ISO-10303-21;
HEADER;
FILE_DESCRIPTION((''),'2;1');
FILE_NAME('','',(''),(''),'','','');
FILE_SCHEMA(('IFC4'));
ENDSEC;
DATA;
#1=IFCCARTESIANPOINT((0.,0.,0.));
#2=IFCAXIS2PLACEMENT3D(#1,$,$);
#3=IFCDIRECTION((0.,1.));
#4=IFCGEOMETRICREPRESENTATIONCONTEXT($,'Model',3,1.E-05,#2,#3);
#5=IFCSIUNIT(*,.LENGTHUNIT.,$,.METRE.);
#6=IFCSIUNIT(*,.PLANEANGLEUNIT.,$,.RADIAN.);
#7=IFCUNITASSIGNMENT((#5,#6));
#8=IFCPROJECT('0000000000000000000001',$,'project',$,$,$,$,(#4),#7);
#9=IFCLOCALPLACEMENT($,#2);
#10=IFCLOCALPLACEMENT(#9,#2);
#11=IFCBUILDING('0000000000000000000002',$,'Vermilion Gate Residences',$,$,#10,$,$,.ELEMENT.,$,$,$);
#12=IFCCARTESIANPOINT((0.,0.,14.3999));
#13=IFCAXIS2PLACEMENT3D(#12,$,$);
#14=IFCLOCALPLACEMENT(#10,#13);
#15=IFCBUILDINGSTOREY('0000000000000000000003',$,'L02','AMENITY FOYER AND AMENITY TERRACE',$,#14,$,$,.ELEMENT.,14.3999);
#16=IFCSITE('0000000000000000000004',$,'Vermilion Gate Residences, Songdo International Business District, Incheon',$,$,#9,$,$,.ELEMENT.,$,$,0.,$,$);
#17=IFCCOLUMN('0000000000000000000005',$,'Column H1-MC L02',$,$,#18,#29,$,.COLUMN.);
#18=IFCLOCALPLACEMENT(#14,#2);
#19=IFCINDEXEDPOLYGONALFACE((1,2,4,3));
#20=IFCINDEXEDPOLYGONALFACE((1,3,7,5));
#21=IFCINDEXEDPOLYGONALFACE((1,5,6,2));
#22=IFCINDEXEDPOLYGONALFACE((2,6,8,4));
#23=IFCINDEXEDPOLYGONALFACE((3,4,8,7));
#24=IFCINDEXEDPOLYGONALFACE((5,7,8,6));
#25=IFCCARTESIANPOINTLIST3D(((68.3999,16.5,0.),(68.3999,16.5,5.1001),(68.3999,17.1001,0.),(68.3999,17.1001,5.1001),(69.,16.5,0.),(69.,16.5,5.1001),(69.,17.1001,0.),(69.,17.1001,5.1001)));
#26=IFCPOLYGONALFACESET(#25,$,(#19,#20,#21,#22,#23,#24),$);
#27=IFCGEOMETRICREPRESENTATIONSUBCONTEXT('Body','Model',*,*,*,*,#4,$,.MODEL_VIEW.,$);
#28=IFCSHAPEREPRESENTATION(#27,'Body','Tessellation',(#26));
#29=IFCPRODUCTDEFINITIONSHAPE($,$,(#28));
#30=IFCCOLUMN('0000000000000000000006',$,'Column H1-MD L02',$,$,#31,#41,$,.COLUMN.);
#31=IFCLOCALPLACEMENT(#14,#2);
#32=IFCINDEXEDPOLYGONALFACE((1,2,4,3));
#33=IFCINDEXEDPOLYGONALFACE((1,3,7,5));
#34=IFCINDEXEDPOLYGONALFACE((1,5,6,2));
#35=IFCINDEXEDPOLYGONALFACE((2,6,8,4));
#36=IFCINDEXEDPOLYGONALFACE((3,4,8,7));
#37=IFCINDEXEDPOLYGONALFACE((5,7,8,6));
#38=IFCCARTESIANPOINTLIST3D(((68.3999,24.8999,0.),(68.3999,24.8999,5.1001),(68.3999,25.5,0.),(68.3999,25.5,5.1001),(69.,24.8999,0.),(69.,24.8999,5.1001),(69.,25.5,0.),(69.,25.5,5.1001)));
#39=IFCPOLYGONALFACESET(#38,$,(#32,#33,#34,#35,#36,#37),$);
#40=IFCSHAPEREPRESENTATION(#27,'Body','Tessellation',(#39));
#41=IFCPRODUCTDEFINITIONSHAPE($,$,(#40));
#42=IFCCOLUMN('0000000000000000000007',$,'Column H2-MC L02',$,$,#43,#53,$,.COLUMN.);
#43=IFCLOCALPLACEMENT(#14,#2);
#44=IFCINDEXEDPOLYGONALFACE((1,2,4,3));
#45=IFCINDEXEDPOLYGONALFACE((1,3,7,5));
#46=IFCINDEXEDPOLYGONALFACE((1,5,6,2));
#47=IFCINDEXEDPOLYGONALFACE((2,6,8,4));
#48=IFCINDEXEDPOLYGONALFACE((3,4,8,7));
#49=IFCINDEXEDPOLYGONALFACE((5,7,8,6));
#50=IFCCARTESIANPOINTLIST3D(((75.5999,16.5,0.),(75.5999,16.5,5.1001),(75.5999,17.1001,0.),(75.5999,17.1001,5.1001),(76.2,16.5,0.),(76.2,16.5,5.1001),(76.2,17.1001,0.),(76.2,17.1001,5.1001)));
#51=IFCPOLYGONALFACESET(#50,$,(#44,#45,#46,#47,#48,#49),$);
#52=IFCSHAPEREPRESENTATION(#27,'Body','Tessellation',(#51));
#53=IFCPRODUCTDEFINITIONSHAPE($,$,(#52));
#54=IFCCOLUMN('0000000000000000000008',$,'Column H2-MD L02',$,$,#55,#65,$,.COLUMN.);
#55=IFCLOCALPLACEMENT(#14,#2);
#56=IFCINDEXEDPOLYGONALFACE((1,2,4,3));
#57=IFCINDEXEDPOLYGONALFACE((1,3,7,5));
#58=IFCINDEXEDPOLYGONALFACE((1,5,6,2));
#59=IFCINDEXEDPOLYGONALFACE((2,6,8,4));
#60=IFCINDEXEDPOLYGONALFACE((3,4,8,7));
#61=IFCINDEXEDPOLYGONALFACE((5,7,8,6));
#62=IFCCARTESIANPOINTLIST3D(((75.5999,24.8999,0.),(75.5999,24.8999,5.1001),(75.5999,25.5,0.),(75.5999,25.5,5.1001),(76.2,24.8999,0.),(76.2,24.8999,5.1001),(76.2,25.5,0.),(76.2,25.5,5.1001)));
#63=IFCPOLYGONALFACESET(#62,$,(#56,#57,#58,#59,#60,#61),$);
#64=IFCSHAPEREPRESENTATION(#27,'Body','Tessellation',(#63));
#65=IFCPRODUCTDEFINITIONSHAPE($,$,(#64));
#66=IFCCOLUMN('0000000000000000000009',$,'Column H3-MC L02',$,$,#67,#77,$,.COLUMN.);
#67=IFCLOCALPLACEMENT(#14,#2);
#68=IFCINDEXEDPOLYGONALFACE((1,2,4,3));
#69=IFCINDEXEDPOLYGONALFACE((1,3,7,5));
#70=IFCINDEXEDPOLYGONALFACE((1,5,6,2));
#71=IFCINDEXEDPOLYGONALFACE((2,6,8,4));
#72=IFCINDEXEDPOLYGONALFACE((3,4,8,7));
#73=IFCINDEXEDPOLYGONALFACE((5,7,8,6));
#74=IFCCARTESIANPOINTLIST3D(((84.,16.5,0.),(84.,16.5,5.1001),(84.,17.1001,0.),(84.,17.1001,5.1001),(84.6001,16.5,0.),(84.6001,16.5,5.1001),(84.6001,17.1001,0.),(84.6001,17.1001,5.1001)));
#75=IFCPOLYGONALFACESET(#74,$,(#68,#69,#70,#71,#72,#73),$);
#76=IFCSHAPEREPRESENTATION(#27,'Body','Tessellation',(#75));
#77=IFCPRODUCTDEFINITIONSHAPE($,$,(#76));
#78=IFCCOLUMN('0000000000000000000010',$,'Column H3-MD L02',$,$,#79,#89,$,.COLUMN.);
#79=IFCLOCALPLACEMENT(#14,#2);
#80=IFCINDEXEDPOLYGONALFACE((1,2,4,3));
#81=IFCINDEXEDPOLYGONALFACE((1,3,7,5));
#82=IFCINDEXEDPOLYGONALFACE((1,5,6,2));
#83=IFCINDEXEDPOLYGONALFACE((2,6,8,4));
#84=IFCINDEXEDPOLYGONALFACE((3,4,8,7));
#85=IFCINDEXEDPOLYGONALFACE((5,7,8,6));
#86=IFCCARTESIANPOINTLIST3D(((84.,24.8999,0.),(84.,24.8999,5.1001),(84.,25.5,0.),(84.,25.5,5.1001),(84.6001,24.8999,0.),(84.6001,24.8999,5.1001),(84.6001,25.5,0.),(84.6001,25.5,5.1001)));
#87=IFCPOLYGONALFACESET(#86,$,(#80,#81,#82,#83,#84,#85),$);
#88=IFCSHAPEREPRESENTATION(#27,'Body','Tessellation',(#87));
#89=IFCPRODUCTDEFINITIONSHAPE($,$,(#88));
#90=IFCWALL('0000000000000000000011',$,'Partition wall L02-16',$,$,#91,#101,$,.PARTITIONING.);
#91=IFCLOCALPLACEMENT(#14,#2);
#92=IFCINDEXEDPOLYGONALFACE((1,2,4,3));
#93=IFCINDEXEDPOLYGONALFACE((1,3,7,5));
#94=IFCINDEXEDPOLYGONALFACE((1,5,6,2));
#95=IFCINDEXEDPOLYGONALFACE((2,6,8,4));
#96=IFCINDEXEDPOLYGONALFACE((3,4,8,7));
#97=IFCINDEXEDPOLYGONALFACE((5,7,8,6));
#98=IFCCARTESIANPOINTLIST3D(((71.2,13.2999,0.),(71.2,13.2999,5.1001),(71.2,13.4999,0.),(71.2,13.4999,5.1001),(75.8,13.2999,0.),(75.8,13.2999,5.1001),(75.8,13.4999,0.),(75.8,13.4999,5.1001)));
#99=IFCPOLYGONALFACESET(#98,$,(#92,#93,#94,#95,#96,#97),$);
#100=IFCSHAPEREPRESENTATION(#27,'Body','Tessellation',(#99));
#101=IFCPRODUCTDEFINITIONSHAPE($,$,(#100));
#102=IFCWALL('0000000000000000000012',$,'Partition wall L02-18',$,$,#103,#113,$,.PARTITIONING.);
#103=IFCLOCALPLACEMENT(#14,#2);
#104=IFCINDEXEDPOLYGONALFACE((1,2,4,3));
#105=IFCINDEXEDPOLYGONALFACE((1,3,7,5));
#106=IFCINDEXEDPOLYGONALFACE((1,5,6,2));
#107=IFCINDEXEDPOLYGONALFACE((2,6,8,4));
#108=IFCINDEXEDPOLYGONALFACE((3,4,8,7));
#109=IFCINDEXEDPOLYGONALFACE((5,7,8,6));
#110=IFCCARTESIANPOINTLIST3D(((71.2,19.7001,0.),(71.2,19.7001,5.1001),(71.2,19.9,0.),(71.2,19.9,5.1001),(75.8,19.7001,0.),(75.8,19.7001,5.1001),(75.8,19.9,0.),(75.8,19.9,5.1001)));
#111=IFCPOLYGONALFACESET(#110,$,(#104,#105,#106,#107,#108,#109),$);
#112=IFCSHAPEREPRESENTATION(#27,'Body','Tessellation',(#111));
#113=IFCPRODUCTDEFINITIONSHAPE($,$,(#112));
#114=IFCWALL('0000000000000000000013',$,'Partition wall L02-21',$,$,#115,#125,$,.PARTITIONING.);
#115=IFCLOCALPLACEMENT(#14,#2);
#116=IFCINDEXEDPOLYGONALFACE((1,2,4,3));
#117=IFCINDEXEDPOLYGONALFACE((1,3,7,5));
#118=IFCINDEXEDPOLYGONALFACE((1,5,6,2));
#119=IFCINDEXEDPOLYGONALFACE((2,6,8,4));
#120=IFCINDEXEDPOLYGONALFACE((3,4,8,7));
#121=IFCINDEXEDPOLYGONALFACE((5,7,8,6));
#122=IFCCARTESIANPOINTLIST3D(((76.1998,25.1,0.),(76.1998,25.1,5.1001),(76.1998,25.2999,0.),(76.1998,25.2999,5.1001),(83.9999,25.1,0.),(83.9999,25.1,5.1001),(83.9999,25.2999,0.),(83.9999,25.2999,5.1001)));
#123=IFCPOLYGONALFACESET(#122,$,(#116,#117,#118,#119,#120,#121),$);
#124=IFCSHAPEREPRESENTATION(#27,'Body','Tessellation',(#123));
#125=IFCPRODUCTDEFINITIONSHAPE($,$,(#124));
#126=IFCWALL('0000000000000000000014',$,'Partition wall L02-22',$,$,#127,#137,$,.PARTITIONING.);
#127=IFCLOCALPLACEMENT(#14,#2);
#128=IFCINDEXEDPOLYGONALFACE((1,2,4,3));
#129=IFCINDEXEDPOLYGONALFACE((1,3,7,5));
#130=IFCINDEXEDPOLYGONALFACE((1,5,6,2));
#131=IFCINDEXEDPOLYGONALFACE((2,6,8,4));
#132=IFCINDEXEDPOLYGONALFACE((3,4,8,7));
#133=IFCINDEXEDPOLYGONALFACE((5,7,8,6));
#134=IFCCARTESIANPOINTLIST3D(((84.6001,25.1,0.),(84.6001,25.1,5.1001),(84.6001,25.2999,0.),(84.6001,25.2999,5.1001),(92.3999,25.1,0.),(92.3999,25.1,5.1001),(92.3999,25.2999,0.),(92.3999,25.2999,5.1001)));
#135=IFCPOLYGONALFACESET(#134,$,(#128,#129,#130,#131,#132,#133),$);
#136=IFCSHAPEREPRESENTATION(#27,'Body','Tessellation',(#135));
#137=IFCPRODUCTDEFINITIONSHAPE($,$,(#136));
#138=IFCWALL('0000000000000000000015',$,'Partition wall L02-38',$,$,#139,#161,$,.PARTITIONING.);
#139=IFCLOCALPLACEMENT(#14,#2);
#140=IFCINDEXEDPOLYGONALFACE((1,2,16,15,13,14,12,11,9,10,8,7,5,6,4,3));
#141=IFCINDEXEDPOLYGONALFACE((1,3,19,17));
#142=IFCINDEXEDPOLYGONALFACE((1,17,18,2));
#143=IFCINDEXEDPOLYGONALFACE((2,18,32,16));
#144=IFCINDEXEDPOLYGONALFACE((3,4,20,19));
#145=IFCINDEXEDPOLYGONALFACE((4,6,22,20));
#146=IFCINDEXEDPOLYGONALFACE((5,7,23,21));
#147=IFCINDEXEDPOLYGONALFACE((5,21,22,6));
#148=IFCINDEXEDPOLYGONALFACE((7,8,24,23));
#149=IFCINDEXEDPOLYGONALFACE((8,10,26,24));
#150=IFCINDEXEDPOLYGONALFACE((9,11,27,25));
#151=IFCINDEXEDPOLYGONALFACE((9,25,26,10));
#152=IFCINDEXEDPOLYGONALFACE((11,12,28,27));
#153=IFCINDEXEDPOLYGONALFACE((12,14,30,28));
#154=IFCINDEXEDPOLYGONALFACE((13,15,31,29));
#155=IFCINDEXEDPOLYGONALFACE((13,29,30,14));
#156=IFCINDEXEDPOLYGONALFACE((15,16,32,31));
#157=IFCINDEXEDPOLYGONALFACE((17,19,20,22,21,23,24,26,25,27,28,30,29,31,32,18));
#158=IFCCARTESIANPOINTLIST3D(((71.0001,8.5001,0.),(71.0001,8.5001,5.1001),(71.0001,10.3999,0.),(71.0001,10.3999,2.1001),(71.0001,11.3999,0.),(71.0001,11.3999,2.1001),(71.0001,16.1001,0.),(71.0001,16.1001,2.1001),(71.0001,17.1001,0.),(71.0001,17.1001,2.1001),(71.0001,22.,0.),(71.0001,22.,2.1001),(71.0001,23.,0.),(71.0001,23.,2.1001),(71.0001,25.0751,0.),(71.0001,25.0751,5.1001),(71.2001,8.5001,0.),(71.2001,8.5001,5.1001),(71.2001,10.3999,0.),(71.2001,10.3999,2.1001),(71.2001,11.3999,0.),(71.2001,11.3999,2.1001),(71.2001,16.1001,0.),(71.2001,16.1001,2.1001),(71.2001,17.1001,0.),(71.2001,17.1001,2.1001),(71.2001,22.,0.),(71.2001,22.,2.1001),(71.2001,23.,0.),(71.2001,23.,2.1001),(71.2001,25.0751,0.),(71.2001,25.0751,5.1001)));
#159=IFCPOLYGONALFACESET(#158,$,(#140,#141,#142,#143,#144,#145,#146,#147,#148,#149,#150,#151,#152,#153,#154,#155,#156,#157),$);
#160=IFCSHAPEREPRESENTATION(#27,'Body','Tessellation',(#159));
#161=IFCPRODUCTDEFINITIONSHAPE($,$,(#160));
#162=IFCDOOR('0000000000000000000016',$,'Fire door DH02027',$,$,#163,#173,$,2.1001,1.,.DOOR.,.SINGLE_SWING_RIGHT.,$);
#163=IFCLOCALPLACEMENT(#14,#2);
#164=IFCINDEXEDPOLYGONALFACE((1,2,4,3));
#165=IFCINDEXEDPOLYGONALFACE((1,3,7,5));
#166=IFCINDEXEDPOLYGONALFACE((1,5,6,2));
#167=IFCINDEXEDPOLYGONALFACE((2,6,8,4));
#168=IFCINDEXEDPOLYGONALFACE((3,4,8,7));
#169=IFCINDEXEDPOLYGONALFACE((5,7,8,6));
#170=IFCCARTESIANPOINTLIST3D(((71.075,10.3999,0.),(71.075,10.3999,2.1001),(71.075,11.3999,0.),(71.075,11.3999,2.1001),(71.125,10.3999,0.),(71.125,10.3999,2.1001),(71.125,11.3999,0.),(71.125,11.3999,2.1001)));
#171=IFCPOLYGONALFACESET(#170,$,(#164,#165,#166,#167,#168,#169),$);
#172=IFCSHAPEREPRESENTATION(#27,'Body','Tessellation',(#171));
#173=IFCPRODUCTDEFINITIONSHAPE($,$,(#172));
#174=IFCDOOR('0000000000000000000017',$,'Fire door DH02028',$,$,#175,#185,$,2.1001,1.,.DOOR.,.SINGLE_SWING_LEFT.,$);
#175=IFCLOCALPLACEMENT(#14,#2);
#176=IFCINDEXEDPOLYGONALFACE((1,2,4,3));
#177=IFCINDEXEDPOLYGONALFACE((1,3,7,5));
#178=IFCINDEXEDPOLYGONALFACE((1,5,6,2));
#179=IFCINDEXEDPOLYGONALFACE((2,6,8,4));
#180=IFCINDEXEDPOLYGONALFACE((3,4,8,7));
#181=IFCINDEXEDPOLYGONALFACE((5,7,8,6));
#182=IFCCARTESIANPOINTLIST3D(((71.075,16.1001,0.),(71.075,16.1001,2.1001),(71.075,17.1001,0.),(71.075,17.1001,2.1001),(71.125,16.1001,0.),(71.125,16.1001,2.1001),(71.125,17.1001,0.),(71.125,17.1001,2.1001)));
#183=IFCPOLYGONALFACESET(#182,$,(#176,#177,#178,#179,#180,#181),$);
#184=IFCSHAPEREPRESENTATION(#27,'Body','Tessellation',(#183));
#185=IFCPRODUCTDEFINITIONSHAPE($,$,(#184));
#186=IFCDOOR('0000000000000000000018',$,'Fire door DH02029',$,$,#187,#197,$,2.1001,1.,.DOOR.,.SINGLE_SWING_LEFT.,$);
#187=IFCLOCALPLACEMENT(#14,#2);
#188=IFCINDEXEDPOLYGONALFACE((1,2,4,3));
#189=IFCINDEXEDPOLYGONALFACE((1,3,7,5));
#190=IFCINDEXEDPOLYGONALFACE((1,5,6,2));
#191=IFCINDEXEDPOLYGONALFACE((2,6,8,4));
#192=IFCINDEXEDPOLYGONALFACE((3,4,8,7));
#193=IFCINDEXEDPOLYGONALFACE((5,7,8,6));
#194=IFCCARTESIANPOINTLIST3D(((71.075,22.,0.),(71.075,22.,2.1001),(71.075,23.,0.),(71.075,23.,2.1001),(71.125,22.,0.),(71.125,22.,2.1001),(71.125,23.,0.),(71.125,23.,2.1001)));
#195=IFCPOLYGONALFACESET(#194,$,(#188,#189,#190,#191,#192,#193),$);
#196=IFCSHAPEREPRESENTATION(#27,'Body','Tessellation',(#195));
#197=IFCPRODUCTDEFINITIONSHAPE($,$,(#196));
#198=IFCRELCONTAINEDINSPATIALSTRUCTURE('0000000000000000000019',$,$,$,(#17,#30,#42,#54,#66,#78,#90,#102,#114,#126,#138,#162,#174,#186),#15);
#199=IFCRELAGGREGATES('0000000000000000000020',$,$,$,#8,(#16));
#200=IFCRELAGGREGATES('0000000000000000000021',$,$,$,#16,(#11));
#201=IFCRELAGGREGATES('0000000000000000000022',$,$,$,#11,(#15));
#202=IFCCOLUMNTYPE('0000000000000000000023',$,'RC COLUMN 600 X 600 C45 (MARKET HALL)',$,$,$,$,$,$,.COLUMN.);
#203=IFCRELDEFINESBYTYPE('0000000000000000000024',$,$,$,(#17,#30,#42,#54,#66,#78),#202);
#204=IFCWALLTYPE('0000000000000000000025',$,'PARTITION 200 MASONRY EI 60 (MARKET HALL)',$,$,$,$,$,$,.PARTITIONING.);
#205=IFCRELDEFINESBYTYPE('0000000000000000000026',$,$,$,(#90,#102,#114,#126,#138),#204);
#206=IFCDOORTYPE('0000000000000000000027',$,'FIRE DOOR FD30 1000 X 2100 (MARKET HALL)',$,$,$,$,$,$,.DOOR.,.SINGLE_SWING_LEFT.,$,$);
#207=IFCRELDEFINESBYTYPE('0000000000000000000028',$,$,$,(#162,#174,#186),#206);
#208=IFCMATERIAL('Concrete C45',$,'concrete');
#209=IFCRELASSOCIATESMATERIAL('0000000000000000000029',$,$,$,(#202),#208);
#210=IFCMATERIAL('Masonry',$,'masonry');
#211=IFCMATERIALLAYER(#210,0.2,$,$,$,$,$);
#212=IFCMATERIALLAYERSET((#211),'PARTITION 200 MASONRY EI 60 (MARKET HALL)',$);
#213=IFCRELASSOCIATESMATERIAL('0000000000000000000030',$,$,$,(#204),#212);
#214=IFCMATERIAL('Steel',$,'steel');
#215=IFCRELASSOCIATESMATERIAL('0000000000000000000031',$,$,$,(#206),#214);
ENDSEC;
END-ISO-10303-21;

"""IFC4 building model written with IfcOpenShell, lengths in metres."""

from ifc_helpers import new_model, si_unit, direction, frame, frame_2d, origin, origin_2d, place, context, subcontext, project, spatial, rectangle, extrude, material, layer, layer_set, material_profile, profile_set, type_object, element, fill, save


model = new_model("IFC4")

# Units and contexts
model_context = context("Model", 3, precision=1e-05, world=origin(), true_north=direction((0.0, 1.0)))
body_context = subcontext(model_context, "Body", "Model", "MODEL_VIEW")
ifc_project = project(units=[si_unit("LENGTHUNIT", "METRE"), si_unit("PLANEANGLEUNIT", "RADIAN")], contexts=[model_context])

# Site, building, storey
site_placement = place(None, origin())
site = spatial("IfcSite", under=ifc_project, at=site_placement, Name="Vermilion Gate Residences, Songdo International Business District, Incheon", CompositionType="ELEMENT", RefElevation=0.0)
building_placement = place(site_placement, origin())
building = spatial("IfcBuilding", under=site, at=building_placement, Name="Vermilion Gate Residences", CompositionType="ELEMENT")
storey_placement = place(building_placement, frame((0.0, 0.0, 14.3999)))
storey = spatial("IfcBuildingStorey", under=building, at=storey_placement, Name="L02", Description="AMENITY FOYER AND AMENITY TERRACE", CompositionType="ELEMENT", Elevation=14.3999)

# Columns
ifc_material_1 = material(Name="Concrete C45", Category="concrete")
ifc_material_profile_1 = material_profile(ifc_material_1, rectangle(XDim=0.6001, YDim=0.6001, at=origin_2d()), Name="RC COLUMN 600 X 600 C45 (MARKET HALL)")
ifc_profile_set_1 = profile_set([ifc_material_profile_1], Name="Concrete C45")
column_type = type_object("IfcColumnType", Name="RC COLUMN 600 X 600 C45 (MARKET HALL)", PredefinedType="COLUMN", material=ifc_profile_set_1)
for number, where, z_axis, x_axis, name in (
    (1, (68.7, 16.8, 0.0), (0.0, 0.0, 1.0), (1.0, 0.0, 0.0), "Column H1-MC L02"),
    (2, (68.7, 25.2, 0.0), (0.0, 0.0, 1.0), (1.0, 0.0, 0.0), "Column H1-MD L02"),
    (3, (75.8999, 16.8, 0.0), (0.0, 0.0, 1.0), (1.0, 0.0, 0.0), "Column H2-MC L02"),
    (4, (75.8999, 25.2, 0.0), (0.0, 0.0, 1.0), (1.0, 0.0, 0.0), "Column H2-MD L02"),
    (5, (84.3, 16.8, 0.0), (0.0, 0.0, 1.0), (1.0, 0.0, 0.0), "Column H3-MC L02"),
    (6, (84.3, 25.2, 0.0), (0.0, 0.0, 1.0), (1.0, 0.0, 0.0), "Column H3-MD L02"),
):
    element("IfcColumn", number, at=place(storey_placement, frame(where, z_axis=z_axis, x_axis=x_axis)), inside=storey, type_object=column_type, Name=name, PredefinedType="COLUMN", context=body_context, shape_type="SweptSolid", body=[
        extrude(rectangle(XDim=0.6001, YDim=0.6001, at=origin_2d()), origin(), (0.0, 0.0, 1.0), 5.1001),
    ])

# Walls
ifc_material_2 = material(Name="Masonry", Category="masonry")
ifc_layer_1 = layer(ifc_material_2, 0.2)
ifc_layer_set_1 = layer_set([ifc_layer_1], Name="PARTITION 200 MASONRY EI 60 (MARKET HALL)")
wall_type_1 = type_object("IfcWallType", Name="PARTITION 200 MASONRY EI 60 (MARKET HALL)", PredefinedType="PARTITIONING", material=ifc_layer_set_1)
for number, where, z_axis, x_axis, name in (
    (7, (71.2, 13.3999, 0.0), (0.0, 0.0, 1.0), (1.0, 0.0, 0.0), "Partition wall L02-16"),
    (8, (71.2, 19.8, 0.0), (0.0, 0.0, 1.0), (1.0, 0.0, 0.0), "Partition wall L02-18"),
):
    element("IfcWall", number, at=place(storey_placement, frame(where, z_axis=z_axis, x_axis=x_axis)), inside=storey, type_object=wall_type_1, Name=name, PredefinedType="PARTITIONING", context=body_context, shape_type="SweptSolid", body=[
        extrude(rectangle(XDim=4.6001, YDim=0.2, at=frame_2d((2.3, 0.0))), origin(), (0.0, 0.0, 1.0), 5.1001),
    ])
wall_1_placement = place(storey_placement, frame((76.2, 25.2, 0.0), z_axis=(0.0, 0.0, 1.0), x_axis=(1.0, 0.0, 0.0)))
element("IfcWall", 9, at=wall_1_placement, inside=storey, type_object=wall_type_1, Name="Partition wall L02-21", PredefinedType="PARTITIONING", context=body_context, shape_type="SweptSolid", body=[
    extrude(rectangle(XDim=7.8, YDim=0.2, at=frame_2d((3.8999, 0.0))), origin(), (0.0, 0.0, 1.0), 5.1001),
])
wall_2_placement = place(storey_placement, frame((84.6001, 25.2, 0.0), z_axis=(0.0, 0.0, 1.0), x_axis=(1.0, 0.0, 0.0)))
element("IfcWall", 10, at=wall_2_placement, inside=storey, type_object=wall_type_1, Name="Partition wall L02-22", PredefinedType="PARTITIONING", context=body_context, shape_type="SweptSolid", body=[
    extrude(rectangle(XDim=7.7998, YDim=0.2, at=frame_2d((3.8999, 0.0))), origin(), (0.0, 0.0, 1.0), 5.1001),
])

# Wall, openings, doors
wall_3_placement = place(storey_placement, frame((71.1001, 8.5, 0.0), z_axis=(0.0, 0.0, 1.0), x_axis=(0.0, 1.0, 0.0)))
wall_3 = element("IfcWall", 11, at=wall_3_placement, inside=storey, type_object=wall_type_1, Name="Partition wall L02-38", PredefinedType="PARTITIONING", context=body_context, shape_type="SweptSolid", body=[
    extrude(rectangle(XDim=16.575, YDim=0.2, at=frame_2d((8.2876, 0.0))), origin(), (0.0, 0.0, 1.0), 5.1001),
])
opening_1_placement = place(wall_3_placement, frame((1.8999, 0.0, 0.0)))
opening_1 = element("IfcOpeningElement", 12, at=opening_1_placement, cuts=wall_3, PredefinedType="OPENING", context=body_context, shape_type="SweptSolid", body=[
    extrude(rectangle(XDim=1.0, YDim=2.1001, at=frame_2d((0.5, 1.05))), frame((0.0, 0.1099, 0.0), z_axis=(0.0, -1.0, 0.0), x_axis=(1.0, 0.0, 0.0)), (0.0, 0.0, 1.0), 0.22),
])
opening_2_placement = place(wall_3_placement, frame((7.6001, 0.0, 0.0)))
opening_2 = element("IfcOpeningElement", 13, at=opening_2_placement, cuts=wall_3, PredefinedType="OPENING", context=body_context, shape_type="SweptSolid", body=[
    extrude(rectangle(XDim=1.0, YDim=2.1001, at=frame_2d((0.5, 1.05))), frame((0.0, 0.1099, 0.0), z_axis=(0.0, -1.0, 0.0), x_axis=(1.0, 0.0, 0.0)), (0.0, 0.0, 1.0), 0.22),
])
opening_3_placement = place(wall_3_placement, frame((13.5, 0.0, 0.0)))
opening_3 = element("IfcOpeningElement", 14, at=opening_3_placement, cuts=wall_3, PredefinedType="OPENING", context=body_context, shape_type="SweptSolid", body=[
    extrude(rectangle(XDim=1.0, YDim=2.1001, at=frame_2d((0.5, 1.05))), frame((0.0, 0.1099, 0.0), z_axis=(0.0, -1.0, 0.0), x_axis=(1.0, 0.0, 0.0)), (0.0, 0.0, 1.0), 0.22),
])
ifc_material_3 = material(Name="Steel", Category="steel")
door_type_1 = type_object("IfcDoorType", Name="FIRE DOOR FD30 1000 X 2100 (MARKET HALL)", OperationType="SINGLE_SWING_LEFT", PredefinedType="DOOR", material=ifc_material_3)
door_1_placement = place(opening_1_placement, frame((1.0, 0.0, 0.0), z_axis=(0.0, 0.0, 1.0), x_axis=(-1.0, 0.0, 0.0)))
door_1 = element("IfcDoor", 15, at=door_1_placement, inside=storey, type_object=door_type_1, Name="Fire door DH02027", OperationType="SINGLE_SWING_RIGHT", OverallHeight=2.1001, OverallWidth=1.0, PredefinedType="DOOR", context=body_context, shape_type="SweptSolid", body=[
    extrude(rectangle(XDim=1.0, YDim=2.1001, at=frame_2d((0.5, 1.05))), frame((0.0, 0.0249, 0.0), z_axis=(0.0, -1.0, 0.0), x_axis=(1.0, 0.0, 0.0)), (0.0, 0.0, 1.0), 0.05),
])
fill(opening_1, door_1)
door_2_placement = place(opening_2_placement, frame((1.0, 0.0, 0.0), z_axis=(0.0, 0.0, 1.0), x_axis=(-1.0, 0.0, 0.0)))
door_2 = element("IfcDoor", 16, at=door_2_placement, inside=storey, type_object=door_type_1, Name="Fire door DH02028", OperationType="SINGLE_SWING_LEFT", OverallHeight=2.1001, OverallWidth=1.0, PredefinedType="DOOR", context=body_context, shape_type="SweptSolid", body=[
    extrude(rectangle(XDim=1.0, YDim=2.1001, at=frame_2d((0.5, 1.05))), frame((0.0, 0.0249, 0.0), z_axis=(0.0, -1.0, 0.0), x_axis=(1.0, 0.0, 0.0)), (0.0, 0.0, 1.0), 0.05),
])
fill(opening_2, door_2)
door_3_placement = place(opening_3_placement, frame((1.0, 0.0, 0.0), z_axis=(0.0, 0.0, 1.0), x_axis=(-1.0, 0.0, 0.0)))
door_3 = element("IfcDoor", 17, at=door_3_placement, inside=storey, type_object=door_type_1, Name="Fire door DH02029", OperationType="SINGLE_SWING_LEFT", OverallHeight=2.1001, OverallWidth=1.0, PredefinedType="DOOR", context=body_context, shape_type="SweptSolid", body=[
    extrude(rectangle(XDim=1.0, YDim=2.1001, at=frame_2d((0.5, 1.05))), frame((0.0, 0.0249, 0.0), z_axis=(0.0, -1.0, 0.0), x_axis=(1.0, 0.0, 0.0)), (0.0, 0.0, 1.0), 0.05),
])
fill(opening_3, door_3)

save(model, "model.ifc")
